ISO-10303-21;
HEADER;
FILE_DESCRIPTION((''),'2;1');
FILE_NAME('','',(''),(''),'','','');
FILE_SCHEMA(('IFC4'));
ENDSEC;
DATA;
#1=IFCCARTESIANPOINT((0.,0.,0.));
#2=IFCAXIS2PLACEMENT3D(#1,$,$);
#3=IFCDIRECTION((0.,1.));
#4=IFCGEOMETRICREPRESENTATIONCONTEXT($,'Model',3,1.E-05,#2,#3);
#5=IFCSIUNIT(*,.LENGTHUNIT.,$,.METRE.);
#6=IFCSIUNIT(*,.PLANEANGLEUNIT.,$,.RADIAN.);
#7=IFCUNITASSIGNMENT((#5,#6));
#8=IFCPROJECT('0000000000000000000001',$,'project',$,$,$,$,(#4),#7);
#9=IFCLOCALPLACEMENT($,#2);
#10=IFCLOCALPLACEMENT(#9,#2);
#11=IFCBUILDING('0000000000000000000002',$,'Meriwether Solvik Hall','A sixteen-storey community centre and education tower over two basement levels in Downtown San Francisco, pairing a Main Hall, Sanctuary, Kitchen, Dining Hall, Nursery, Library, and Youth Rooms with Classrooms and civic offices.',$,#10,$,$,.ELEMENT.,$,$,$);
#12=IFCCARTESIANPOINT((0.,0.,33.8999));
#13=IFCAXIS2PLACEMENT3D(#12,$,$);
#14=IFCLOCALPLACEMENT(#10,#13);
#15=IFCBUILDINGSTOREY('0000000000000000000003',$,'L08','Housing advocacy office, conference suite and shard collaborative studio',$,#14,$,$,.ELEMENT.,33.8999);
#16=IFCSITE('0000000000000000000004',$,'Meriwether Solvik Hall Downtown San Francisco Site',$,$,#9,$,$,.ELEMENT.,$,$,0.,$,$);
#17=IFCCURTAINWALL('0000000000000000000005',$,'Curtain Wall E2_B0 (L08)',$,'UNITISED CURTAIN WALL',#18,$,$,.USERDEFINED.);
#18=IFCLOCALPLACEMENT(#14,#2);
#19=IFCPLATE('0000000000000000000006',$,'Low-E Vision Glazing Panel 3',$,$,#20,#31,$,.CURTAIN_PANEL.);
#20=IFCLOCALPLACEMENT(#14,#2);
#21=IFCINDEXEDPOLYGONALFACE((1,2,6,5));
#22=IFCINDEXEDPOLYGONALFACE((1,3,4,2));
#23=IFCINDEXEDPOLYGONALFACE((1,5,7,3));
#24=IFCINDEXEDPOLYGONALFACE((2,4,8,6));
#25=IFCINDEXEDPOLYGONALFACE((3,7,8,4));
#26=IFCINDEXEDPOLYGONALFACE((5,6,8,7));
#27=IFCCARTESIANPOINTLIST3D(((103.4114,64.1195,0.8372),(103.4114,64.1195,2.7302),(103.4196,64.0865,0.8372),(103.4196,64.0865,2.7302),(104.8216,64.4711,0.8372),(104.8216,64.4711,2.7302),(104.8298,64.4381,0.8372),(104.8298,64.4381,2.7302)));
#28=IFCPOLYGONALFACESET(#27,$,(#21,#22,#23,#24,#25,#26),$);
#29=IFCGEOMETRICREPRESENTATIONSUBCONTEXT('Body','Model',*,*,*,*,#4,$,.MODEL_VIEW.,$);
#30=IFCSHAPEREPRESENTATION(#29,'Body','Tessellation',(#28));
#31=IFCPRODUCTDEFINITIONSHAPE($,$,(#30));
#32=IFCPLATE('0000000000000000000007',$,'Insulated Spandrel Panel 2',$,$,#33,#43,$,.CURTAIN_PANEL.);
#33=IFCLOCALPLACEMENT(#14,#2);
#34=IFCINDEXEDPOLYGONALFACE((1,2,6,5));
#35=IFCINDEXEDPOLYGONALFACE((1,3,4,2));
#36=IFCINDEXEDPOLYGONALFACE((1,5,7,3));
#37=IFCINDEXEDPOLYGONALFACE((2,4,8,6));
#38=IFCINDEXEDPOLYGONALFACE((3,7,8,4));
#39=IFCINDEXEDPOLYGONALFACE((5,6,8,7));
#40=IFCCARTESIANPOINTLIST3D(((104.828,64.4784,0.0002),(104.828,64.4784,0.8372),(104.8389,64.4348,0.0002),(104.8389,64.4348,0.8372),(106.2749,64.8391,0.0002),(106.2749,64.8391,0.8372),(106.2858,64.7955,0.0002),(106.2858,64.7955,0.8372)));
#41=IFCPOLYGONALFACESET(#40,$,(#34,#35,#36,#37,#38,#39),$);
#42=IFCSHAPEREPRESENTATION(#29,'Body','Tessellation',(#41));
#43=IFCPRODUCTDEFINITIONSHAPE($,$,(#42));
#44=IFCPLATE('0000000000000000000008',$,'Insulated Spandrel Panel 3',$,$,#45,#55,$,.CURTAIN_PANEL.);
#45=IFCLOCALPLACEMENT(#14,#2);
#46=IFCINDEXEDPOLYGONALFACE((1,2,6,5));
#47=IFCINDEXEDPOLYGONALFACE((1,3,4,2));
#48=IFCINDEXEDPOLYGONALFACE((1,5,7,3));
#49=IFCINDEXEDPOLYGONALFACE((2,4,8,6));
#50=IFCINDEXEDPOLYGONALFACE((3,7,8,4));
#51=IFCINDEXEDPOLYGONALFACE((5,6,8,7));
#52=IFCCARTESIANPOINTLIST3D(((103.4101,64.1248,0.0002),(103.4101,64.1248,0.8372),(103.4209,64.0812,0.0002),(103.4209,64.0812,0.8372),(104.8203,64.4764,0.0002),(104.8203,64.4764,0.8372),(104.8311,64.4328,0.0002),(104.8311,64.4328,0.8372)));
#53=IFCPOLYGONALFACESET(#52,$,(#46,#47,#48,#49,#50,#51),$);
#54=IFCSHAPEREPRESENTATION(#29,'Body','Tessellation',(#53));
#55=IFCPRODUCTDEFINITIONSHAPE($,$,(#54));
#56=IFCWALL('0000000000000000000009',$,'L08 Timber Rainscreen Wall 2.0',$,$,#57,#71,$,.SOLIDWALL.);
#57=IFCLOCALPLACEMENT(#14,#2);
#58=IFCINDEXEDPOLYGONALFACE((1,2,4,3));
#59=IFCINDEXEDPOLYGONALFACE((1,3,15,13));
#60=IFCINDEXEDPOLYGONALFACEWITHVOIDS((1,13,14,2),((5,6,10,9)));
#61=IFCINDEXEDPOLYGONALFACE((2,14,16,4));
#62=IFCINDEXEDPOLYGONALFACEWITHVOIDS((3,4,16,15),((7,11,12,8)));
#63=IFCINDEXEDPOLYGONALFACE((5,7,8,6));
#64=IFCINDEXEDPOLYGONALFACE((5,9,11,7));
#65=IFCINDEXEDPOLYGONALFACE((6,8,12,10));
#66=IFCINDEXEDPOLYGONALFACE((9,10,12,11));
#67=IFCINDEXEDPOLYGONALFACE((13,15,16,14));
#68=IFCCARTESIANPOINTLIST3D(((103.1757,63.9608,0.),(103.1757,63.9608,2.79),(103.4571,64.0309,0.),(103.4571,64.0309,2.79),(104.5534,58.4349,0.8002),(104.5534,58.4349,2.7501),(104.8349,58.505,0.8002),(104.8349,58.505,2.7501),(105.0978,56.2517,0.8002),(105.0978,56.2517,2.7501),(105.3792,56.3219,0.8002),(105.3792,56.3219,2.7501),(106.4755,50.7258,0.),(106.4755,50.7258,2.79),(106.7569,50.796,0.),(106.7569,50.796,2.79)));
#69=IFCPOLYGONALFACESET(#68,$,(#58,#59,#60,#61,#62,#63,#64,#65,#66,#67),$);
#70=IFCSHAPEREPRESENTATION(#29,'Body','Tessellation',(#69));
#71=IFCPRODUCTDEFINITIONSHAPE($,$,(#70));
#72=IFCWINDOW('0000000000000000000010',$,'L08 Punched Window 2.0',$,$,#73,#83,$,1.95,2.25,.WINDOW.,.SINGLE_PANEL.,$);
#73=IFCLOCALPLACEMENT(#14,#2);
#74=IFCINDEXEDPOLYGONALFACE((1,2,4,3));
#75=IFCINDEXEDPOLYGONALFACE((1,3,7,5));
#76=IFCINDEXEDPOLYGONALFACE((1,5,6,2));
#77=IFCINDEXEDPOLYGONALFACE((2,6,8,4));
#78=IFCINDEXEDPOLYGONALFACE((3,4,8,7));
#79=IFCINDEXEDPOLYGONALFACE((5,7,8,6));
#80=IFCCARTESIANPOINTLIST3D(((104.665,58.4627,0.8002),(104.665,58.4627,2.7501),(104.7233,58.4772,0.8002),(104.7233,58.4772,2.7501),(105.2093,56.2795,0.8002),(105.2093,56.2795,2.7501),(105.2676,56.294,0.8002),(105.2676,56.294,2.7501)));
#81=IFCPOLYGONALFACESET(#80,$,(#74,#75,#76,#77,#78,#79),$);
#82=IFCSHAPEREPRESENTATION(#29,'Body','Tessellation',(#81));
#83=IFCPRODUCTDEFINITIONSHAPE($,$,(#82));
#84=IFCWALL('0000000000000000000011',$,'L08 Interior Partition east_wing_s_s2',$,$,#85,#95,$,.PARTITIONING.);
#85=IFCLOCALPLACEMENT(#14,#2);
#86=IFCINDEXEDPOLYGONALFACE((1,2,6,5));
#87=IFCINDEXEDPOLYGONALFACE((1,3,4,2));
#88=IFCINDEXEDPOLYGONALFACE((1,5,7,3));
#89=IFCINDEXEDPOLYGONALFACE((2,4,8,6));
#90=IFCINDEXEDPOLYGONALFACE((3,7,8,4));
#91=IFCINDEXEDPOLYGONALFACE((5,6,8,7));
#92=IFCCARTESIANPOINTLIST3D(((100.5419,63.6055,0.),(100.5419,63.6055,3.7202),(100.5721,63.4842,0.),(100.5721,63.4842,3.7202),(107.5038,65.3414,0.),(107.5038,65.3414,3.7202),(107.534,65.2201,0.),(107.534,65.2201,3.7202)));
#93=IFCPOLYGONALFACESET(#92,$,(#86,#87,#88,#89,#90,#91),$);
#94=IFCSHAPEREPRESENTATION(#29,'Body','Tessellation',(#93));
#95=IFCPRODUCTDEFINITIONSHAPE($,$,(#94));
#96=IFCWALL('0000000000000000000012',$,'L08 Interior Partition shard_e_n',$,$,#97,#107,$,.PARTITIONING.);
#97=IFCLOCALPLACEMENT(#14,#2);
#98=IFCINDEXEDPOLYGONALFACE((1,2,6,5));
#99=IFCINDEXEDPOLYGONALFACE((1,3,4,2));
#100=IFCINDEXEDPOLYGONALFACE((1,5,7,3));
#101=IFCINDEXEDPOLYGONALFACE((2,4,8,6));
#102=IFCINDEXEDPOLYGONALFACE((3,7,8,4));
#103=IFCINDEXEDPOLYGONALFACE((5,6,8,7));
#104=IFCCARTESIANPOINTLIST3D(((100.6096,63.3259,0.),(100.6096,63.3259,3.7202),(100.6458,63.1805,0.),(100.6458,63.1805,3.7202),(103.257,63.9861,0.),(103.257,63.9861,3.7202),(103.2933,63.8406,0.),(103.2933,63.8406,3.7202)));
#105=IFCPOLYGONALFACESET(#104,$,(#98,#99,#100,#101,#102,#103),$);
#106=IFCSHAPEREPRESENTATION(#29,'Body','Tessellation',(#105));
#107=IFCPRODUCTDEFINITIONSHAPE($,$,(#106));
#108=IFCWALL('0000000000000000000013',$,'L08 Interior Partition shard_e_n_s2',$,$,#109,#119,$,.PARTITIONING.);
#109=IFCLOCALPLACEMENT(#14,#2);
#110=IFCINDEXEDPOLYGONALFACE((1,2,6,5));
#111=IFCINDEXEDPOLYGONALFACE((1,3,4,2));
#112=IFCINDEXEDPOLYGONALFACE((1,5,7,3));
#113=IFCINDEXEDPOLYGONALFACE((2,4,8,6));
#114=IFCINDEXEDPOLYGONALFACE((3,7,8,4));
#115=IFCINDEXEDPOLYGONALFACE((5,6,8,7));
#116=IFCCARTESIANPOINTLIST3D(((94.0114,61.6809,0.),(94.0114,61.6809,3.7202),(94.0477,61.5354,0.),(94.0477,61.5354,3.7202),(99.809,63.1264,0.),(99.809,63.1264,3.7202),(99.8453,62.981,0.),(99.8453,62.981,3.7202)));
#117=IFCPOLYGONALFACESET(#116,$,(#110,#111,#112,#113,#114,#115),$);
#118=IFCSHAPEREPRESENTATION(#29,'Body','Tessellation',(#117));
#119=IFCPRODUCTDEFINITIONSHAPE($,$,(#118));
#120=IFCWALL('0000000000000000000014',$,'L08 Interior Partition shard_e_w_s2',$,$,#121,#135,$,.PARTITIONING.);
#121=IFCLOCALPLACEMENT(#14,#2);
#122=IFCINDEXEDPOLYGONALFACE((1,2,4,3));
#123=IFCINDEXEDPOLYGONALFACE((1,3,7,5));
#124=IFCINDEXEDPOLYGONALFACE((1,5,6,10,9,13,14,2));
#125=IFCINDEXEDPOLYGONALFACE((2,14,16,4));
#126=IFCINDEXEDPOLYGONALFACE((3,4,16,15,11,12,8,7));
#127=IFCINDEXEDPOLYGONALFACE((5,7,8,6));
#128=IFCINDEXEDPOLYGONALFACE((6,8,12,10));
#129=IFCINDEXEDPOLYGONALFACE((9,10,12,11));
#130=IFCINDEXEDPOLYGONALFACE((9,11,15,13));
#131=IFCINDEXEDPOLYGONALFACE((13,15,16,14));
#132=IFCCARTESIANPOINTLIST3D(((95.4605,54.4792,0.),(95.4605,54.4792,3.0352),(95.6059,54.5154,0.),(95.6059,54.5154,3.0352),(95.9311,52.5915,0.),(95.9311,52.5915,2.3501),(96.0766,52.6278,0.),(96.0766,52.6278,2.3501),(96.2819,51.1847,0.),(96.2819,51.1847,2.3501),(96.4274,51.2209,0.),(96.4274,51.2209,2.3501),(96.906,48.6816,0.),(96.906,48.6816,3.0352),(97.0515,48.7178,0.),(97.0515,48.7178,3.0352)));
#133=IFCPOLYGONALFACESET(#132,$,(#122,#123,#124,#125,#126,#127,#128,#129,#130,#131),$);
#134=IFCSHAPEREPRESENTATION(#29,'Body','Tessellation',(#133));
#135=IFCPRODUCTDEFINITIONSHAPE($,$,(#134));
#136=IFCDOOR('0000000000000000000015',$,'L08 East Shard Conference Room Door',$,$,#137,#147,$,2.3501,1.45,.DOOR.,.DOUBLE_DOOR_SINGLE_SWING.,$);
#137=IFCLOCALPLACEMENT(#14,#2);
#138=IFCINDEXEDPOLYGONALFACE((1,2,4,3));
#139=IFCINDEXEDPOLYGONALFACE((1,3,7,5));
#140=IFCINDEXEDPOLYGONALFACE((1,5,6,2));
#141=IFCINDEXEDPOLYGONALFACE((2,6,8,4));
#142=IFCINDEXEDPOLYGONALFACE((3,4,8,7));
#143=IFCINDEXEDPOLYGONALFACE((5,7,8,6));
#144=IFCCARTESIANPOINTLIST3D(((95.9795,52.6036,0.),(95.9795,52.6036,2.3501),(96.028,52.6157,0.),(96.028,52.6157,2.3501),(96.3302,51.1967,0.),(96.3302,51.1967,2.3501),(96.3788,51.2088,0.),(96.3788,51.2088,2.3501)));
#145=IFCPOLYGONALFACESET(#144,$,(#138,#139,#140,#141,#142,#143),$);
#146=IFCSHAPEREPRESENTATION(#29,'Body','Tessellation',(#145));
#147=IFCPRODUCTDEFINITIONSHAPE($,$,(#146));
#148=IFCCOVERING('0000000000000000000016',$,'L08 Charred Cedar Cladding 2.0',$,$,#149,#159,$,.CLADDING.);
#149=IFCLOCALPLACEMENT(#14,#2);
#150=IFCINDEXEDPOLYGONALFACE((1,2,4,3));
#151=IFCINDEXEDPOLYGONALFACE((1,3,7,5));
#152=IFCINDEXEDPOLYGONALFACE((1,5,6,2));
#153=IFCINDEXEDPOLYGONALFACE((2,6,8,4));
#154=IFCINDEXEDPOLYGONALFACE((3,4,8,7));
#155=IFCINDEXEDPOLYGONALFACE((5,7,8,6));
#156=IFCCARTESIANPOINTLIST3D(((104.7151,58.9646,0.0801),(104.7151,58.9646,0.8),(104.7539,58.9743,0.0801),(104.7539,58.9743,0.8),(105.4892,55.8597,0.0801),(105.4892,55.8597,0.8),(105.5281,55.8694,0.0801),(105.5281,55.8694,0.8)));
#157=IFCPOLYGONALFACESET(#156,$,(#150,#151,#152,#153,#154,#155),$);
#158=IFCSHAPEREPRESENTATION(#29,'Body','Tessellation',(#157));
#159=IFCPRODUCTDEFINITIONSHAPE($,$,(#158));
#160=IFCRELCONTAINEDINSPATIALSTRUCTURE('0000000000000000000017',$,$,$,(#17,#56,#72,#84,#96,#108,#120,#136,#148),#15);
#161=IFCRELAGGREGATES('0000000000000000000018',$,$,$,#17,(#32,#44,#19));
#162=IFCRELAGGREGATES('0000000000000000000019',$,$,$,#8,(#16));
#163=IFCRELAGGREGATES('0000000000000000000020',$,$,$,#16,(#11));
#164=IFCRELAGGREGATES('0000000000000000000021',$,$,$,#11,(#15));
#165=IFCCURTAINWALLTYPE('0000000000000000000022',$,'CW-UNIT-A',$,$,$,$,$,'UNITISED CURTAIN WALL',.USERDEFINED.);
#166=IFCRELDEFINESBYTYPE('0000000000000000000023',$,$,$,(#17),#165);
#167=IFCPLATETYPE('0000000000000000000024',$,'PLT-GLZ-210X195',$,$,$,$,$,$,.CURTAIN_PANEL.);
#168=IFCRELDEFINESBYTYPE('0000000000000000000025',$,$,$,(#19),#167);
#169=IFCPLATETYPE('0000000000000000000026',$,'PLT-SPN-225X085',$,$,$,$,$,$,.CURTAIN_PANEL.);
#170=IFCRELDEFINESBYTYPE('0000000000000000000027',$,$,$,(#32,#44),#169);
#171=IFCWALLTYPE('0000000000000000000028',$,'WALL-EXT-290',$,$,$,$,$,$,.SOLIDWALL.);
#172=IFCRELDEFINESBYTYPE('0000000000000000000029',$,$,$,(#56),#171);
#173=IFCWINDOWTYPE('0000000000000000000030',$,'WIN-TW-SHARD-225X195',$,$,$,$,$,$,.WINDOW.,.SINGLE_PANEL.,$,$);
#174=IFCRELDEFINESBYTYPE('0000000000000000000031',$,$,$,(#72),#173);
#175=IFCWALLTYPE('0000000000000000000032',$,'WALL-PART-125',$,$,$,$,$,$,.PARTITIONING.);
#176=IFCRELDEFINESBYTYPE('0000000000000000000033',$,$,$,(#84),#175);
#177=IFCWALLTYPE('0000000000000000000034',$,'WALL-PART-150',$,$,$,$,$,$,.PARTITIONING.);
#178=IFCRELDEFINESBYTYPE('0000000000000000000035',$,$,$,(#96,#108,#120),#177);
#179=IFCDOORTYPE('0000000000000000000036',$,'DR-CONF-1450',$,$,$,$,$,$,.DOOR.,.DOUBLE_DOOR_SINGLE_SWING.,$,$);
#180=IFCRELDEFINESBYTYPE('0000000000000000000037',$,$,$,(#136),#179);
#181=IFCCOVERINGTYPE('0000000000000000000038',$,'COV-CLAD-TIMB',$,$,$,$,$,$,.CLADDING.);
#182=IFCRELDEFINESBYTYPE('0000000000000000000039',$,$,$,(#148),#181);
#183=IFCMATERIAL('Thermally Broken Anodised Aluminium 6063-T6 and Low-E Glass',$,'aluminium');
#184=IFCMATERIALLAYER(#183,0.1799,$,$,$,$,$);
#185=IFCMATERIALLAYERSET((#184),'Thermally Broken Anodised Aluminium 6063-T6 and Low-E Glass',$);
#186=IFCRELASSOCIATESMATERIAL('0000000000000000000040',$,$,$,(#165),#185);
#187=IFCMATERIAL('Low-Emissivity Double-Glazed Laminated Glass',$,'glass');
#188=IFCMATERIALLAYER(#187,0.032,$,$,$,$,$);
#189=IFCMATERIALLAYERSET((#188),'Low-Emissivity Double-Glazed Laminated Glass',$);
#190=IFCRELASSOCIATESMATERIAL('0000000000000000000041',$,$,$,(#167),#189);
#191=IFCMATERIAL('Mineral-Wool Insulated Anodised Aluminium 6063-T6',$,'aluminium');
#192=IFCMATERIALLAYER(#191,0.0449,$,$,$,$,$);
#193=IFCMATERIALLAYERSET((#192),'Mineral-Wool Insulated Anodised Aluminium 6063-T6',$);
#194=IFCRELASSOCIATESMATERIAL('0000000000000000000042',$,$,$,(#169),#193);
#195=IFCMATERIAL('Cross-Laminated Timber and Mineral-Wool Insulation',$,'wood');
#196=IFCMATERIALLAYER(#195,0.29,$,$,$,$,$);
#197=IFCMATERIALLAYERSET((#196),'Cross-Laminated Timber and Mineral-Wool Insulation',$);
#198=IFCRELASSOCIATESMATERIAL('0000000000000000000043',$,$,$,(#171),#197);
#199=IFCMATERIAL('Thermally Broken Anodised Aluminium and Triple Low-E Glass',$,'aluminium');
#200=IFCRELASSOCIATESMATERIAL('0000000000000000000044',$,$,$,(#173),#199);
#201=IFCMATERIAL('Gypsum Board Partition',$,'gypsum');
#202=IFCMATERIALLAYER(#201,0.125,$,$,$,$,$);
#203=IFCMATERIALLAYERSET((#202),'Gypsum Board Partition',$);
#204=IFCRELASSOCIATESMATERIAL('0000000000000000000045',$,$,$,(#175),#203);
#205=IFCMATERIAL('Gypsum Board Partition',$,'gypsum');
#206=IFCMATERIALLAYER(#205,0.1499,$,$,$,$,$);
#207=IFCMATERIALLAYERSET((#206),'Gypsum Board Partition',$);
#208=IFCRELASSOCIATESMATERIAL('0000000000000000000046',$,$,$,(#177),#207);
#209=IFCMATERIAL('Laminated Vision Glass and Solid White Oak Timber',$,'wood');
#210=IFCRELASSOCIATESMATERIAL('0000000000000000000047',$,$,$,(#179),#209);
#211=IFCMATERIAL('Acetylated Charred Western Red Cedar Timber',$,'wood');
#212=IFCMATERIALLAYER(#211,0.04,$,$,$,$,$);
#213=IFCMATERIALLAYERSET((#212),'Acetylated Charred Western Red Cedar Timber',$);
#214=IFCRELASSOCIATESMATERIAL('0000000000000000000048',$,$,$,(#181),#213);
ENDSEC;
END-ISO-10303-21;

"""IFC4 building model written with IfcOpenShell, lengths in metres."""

from ifc_helpers import new_model, si_unit, direction, frame, frame_2d, origin, origin_2d, place, context, subcontext, project, spatial, rectangle, extrude, material, layer, layer_set, type_object, element, fill, aggregate, save


model = new_model("IFC4")

# Units and contexts
model_context = context("Model", 3, precision=1e-05, world=origin(), true_north=direction((0.0, 1.0)))
body_context = subcontext(model_context, "Body", "Model", "MODEL_VIEW")
ifc_project = project(units=[si_unit("LENGTHUNIT", "METRE"), si_unit("PLANEANGLEUNIT", "RADIAN")], contexts=[model_context])

# Site, building, storey
site_placement = place(None, origin())
site = spatial("IfcSite", under=ifc_project, at=site_placement, Name="Meriwether Solvik Hall Downtown San Francisco Site", CompositionType="ELEMENT", RefElevation=0.0)
building_placement = place(site_placement, origin())
building = spatial("IfcBuilding", under=site, at=building_placement, Name="Meriwether Solvik Hall", Description="A sixteen-storey community centre and education tower over two basement levels in Downtown San Francisco, pairing a Main Hall, Sanctuary, Kitchen, Dining Hall, Nursery, Library, and Youth Rooms with Classrooms and civic offices.", CompositionType="ELEMENT")
storey_placement = place(building_placement, frame((0.0, 0.0, 33.8999)))
storey = spatial("IfcBuildingStorey", under=building, at=storey_placement, Name="L08", Description="Housing advocacy office, conference suite and shard collaborative studio", CompositionType="ELEMENT", Elevation=33.8999)

# Curtain wall
ifc_material_1 = material(Name="Thermally Broken Anodised Aluminium 6063-T6 and Low-E Glass", Category="aluminium")
ifc_layer_1 = layer(ifc_material_1, 0.1799)
ifc_layer_set_1 = layer_set([ifc_layer_1], Name="Thermally Broken Anodised Aluminium 6063-T6 and Low-E Glass")
curtain_wall_type = type_object("IfcCurtainWallType", Name="CW-UNIT-A", ElementType="UNITISED CURTAIN WALL", PredefinedType="USERDEFINED", material=ifc_layer_set_1)
curtain_wall_placement = place(storey_placement, origin())
curtain_wall = element("IfcCurtainWall", 1, at=curtain_wall_placement, inside=storey, type_object=curtain_wall_type, Name="Curtain Wall E2_B0 (L08)", ObjectType="UNITISED CURTAIN WALL", PredefinedType="USERDEFINED")

# Plates
ifc_material_2 = material(Name="Low-Emissivity Double-Glazed Laminated Glass", Category="glass")
ifc_layer_2 = layer(ifc_material_2, 0.032)
ifc_layer_set_2 = layer_set([ifc_layer_2], Name="Low-Emissivity Double-Glazed Laminated Glass")
plate_type_1 = type_object("IfcPlateType", Name="PLT-GLZ-210X195", PredefinedType="CURTAIN_PANEL", material=ifc_layer_set_2)
plate_1_placement = place(storey_placement, frame((104.1206, 64.2788, 0.8372), z_axis=(0.0, 0.0, 1.0), x_axis=(-0.970296, -0.241922, 0.0)))
plate_1 = element("IfcPlate", 2, at=plate_1_placement, type_object=plate_type_1, Name="Low-E Vision Glazing Panel 3", PredefinedType="CURTAIN_PANEL", context=body_context, shape_type="SweptSolid", body=[
    extrude(rectangle(XDim=1.4534, YDim=0.0339, at=origin_2d()), origin(), (0.0, 0.0, 1.0), 1.8931),
])
ifc_material_3 = material(Name="Mineral-Wool Insulated Anodised Aluminium 6063-T6", Category="aluminium")
ifc_layer_3 = layer(ifc_material_3, 0.0449)
ifc_layer_set_3 = layer_set([ifc_layer_3], Name="Mineral-Wool Insulated Anodised Aluminium 6063-T6")
plate_type_2 = type_object("IfcPlateType", Name="PLT-SPN-225X085", PredefinedType="CURTAIN_PANEL", material=ifc_layer_set_3)
plate_2_placement = place(storey_placement, frame((105.5569, 64.637, 0.0002), z_axis=(0.0, 0.0, 1.0), x_axis=(-0.970296, -0.241922, 0.0)))
plate_2 = element("IfcPlate", 3, at=plate_2_placement, type_object=plate_type_2, Name="Insulated Spandrel Panel 2", PredefinedType="CURTAIN_PANEL", context=body_context, shape_type="SweptSolid", body=[
    extrude(rectangle(XDim=1.4912, YDim=0.0449, at=origin_2d()), origin(), (0.0, 0.0, 1.0), 0.8369),
])
plate_3_placement = place(storey_placement, frame((104.1206, 64.2788, 0.0002), z_axis=(0.0, 0.0, 1.0), x_axis=(-0.970296, -0.241922, 0.0)))
plate_3 = element("IfcPlate", 4, at=plate_3_placement, type_object=plate_type_2, Name="Insulated Spandrel Panel 3", PredefinedType="CURTAIN_PANEL", context=body_context, shape_type="SweptSolid", body=[
    extrude(rectangle(XDim=1.4534, YDim=0.0449, at=origin_2d()), origin(), (0.0, 0.0, 1.0), 0.8369),
])
aggregate(curtain_wall, [plate_2, plate_3, plate_1])

# Wall, opening, window
ifc_material_4 = material(Name="Cross-Laminated Timber and Mineral-Wool Insulation", Category="wood")
ifc_layer_4 = layer(ifc_material_4, 0.29)
ifc_layer_set_4 = layer_set([ifc_layer_4], Name="Cross-Laminated Timber and Mineral-Wool Insulation")
wall_type_1 = type_object("IfcWallType", Name="WALL-EXT-290", PredefinedType="SOLIDWALL", material=ifc_layer_set_4)
wall_1_placement = place(storey_placement, frame((103.3164, 63.9958, 0.0), z_axis=(0.0, 0.0, 1.0), x_axis=(0.241921, -0.970296, 0.0)))
wall_1 = element("IfcWall", 5, at=wall_1_placement, inside=storey, type_object=wall_type_1, Name="L08 Timber Rainscreen Wall 2.0", PredefinedType="SOLIDWALL", context=body_context, shape_type="SweptSolid", body=[
    extrude(rectangle(XDim=13.6401, YDim=0.29, at=frame_2d((6.8201, 0.0))), origin(), (0.0, 0.0, 1.0), 2.79),
])
opening_1_placement = place(wall_1_placement, frame((5.6951, 0.0, 0.8)))
opening_1 = element("IfcOpeningElement", 6, at=opening_1_placement, cuts=wall_1, PredefinedType="OPENING", context=body_context, shape_type="SweptSolid", body=[
    extrude(rectangle(XDim=2.25, YDim=1.95, at=frame_2d((1.125, 0.9751))), frame((0.0, 0.157, 0.0), z_axis=(0.0, -1.0, 0.0), x_axis=(1.0, 0.0, 0.0)), (0.0, 0.0, 1.0), 0.314),
])
ifc_material_5 = material(Name="Thermally Broken Anodised Aluminium and Triple Low-E Glass", Category="aluminium")
window_type = type_object("IfcWindowType", Name="WIN-TW-SHARD-225X195", PartitioningType="SINGLE_PANEL", PredefinedType="WINDOW", material=ifc_material_5)
window_placement = place(opening_1_placement, origin())
window = element("IfcWindow", 7, at=window_placement, inside=storey, type_object=window_type, Name="L08 Punched Window 2.0", OverallHeight=1.95, OverallWidth=2.25, PartitioningType="SINGLE_PANEL", PredefinedType="WINDOW", context=body_context, shape_type="SweptSolid", body=[
    extrude(rectangle(XDim=2.25, YDim=1.95, at=frame_2d((1.125, 0.9751))), frame((0.0, 0.03, 0.0), z_axis=(0.0, -1.0, 0.0), x_axis=(1.0, 0.0, 0.0)), (0.0, 0.0, 1.0), 0.0601),
])
fill(opening_1, window)

# Walls
ifc_material_6 = material(Name="Gypsum Board Partition", Category="gypsum")
ifc_layer_5 = layer(ifc_material_6, 0.125)
ifc_layer_set_5 = layer_set([ifc_layer_5], Name="Gypsum Board Partition")
wall_type_2 = type_object("IfcWallType", Name="WALL-PART-125", PredefinedType="PARTITIONING", material=ifc_layer_set_5)
wall_2_placement = place(storey_placement, frame((100.5571, 63.5449, 0.0), z_axis=(0.0, 0.0, 1.0), x_axis=(0.970294, 0.241927, 0.0)))
element("IfcWall", 8, at=wall_2_placement, inside=storey, type_object=wall_type_2, Name="L08 Interior Partition east_wing_s_s2", PredefinedType="PARTITIONING", context=body_context, shape_type="SweptSolid", body=[
    extrude(rectangle(XDim=7.175, YDim=0.125, at=frame_2d((3.5874, 0.0))), origin(), (0.0, 0.0, 1.0), 3.7202),
])
ifc_material_7 = material(Name="Gypsum Board Partition", Category="gypsum")
ifc_layer_6 = layer(ifc_material_7, 0.1499)
ifc_layer_set_6 = layer_set([ifc_layer_6], Name="Gypsum Board Partition")
wall_type_3 = type_object("IfcWallType", Name="WALL-PART-150", PredefinedType="PARTITIONING", material=ifc_layer_set_6)
wall_3_placement = place(storey_placement, frame((103.2751, 63.9133, 0.0), z_axis=(0.0, 0.0, 1.0), x_axis=(-0.97029, -0.241946, 0.0)))
element("IfcWall", 9, at=wall_3_placement, inside=storey, type_object=wall_type_3, Name="L08 Interior Partition shard_e_n", PredefinedType="PARTITIONING", context=body_context, shape_type="SweptSolid", body=[
    extrude(rectangle(XDim=2.7285, YDim=0.1499, at=frame_2d((1.3643, 0.0))), origin(), (0.0, 0.0, 1.0), 3.7202),
])
wall_4_placement = place(storey_placement, frame((99.8271, 63.0537, 0.0), z_axis=(0.0, 0.0, 1.0), x_axis=(-0.970294, -0.24193, 0.0)))
element("IfcWall", 10, at=wall_4_placement, inside=storey, type_object=wall_type_3, Name="L08 Interior Partition shard_e_n_s2", PredefinedType="PARTITIONING", context=body_context, shape_type="SweptSolid", body=[
    extrude(rectangle(XDim=5.9751, YDim=0.1499, at=frame_2d((2.9875, 0.0))), origin(), (0.0, 0.0, 1.0), 3.7202),
])

# Wall, opening, door
wall_5_placement = place(storey_placement, frame((95.5332, 54.4973, 0.0), z_axis=(0.0, 0.0, 1.0), x_axis=(0.24193, -0.970294, 0.0)))
wall_5 = element("IfcWall", 11, at=wall_5_placement, inside=storey, type_object=wall_type_3, Name="L08 Interior Partition shard_e_w_s2", PredefinedType="PARTITIONING", context=body_context, shape_type="SweptSolid", body=[
    extrude(rectangle(XDim=5.9751, YDim=0.1499, at=frame_2d((2.9875, 0.0))), origin(), (0.0, 0.0, 1.0), 3.0352),
])
opening_2_placement = place(wall_5_placement, frame((1.9453, 0.0, 0.0)))
opening_2 = element("IfcOpeningElement", 12, at=opening_2_placement, cuts=wall_5, PredefinedType="OPENING", context=body_context, shape_type="SweptSolid", body=[
    extrude(rectangle(XDim=1.45, YDim=2.3501, at=frame_2d((0.7251, 1.175))), frame((0.0, 0.0869, 0.0), z_axis=(0.0, -1.0, 0.0), x_axis=(1.0, 0.0, 0.0)), (0.0, 0.0, 1.0), 0.1738),
])
ifc_material_8 = material(Name="Laminated Vision Glass and Solid White Oak Timber", Category="wood")
door_type = type_object("IfcDoorType", Name="DR-CONF-1450", OperationType="DOUBLE_DOOR_SINGLE_SWING", PredefinedType="DOOR", material=ifc_material_8)
door_placement = place(opening_2_placement, origin())
door = element("IfcDoor", 13, at=door_placement, inside=storey, type_object=door_type, Name="L08 East Shard Conference Room Door", OperationType="DOUBLE_DOOR_SINGLE_SWING", OverallHeight=2.3501, OverallWidth=1.45, PredefinedType="DOOR", context=body_context, shape_type="SweptSolid", body=[
    extrude(rectangle(XDim=1.45, YDim=2.3501, at=frame_2d((0.7251, 1.175))), frame((0.0, 0.0249, 0.0), z_axis=(0.0, -1.0, 0.0), x_axis=(1.0, 0.0, 0.0)), (0.0, 0.0, 1.0), 0.05),
])
fill(opening_2, door)

# Covering
ifc_material_9 = material(Name="Acetylated Charred Western Red Cedar Timber", Category="wood")
ifc_layer_7 = layer(ifc_material_9, 0.04)
ifc_layer_set_7 = layer_set([ifc_layer_7], Name="Acetylated Charred Western Red Cedar Timber")
covering_type = type_object("IfcCoveringType", Name="COV-CLAD-TIMB", PredefinedType="CLADDING", material=ifc_layer_set_7)
covering_placement = place(storey_placement, frame((105.1216, 57.417, 0.0801), z_axis=(0.0, 0.0, 1.0), x_axis=(0.241922, -0.970296, 0.0)))
element("IfcCovering", 14, at=covering_placement, inside=storey, type_object=covering_type, Name="L08 Charred Cedar Cladding 2.0", PredefinedType="CLADDING", context=body_context, shape_type="SweptSolid", body=[
    extrude(rectangle(XDim=3.2, YDim=0.04, at=origin_2d()), origin(), (0.0, 0.0, 1.0), 0.72),
])

save(model, "model.ifc")
